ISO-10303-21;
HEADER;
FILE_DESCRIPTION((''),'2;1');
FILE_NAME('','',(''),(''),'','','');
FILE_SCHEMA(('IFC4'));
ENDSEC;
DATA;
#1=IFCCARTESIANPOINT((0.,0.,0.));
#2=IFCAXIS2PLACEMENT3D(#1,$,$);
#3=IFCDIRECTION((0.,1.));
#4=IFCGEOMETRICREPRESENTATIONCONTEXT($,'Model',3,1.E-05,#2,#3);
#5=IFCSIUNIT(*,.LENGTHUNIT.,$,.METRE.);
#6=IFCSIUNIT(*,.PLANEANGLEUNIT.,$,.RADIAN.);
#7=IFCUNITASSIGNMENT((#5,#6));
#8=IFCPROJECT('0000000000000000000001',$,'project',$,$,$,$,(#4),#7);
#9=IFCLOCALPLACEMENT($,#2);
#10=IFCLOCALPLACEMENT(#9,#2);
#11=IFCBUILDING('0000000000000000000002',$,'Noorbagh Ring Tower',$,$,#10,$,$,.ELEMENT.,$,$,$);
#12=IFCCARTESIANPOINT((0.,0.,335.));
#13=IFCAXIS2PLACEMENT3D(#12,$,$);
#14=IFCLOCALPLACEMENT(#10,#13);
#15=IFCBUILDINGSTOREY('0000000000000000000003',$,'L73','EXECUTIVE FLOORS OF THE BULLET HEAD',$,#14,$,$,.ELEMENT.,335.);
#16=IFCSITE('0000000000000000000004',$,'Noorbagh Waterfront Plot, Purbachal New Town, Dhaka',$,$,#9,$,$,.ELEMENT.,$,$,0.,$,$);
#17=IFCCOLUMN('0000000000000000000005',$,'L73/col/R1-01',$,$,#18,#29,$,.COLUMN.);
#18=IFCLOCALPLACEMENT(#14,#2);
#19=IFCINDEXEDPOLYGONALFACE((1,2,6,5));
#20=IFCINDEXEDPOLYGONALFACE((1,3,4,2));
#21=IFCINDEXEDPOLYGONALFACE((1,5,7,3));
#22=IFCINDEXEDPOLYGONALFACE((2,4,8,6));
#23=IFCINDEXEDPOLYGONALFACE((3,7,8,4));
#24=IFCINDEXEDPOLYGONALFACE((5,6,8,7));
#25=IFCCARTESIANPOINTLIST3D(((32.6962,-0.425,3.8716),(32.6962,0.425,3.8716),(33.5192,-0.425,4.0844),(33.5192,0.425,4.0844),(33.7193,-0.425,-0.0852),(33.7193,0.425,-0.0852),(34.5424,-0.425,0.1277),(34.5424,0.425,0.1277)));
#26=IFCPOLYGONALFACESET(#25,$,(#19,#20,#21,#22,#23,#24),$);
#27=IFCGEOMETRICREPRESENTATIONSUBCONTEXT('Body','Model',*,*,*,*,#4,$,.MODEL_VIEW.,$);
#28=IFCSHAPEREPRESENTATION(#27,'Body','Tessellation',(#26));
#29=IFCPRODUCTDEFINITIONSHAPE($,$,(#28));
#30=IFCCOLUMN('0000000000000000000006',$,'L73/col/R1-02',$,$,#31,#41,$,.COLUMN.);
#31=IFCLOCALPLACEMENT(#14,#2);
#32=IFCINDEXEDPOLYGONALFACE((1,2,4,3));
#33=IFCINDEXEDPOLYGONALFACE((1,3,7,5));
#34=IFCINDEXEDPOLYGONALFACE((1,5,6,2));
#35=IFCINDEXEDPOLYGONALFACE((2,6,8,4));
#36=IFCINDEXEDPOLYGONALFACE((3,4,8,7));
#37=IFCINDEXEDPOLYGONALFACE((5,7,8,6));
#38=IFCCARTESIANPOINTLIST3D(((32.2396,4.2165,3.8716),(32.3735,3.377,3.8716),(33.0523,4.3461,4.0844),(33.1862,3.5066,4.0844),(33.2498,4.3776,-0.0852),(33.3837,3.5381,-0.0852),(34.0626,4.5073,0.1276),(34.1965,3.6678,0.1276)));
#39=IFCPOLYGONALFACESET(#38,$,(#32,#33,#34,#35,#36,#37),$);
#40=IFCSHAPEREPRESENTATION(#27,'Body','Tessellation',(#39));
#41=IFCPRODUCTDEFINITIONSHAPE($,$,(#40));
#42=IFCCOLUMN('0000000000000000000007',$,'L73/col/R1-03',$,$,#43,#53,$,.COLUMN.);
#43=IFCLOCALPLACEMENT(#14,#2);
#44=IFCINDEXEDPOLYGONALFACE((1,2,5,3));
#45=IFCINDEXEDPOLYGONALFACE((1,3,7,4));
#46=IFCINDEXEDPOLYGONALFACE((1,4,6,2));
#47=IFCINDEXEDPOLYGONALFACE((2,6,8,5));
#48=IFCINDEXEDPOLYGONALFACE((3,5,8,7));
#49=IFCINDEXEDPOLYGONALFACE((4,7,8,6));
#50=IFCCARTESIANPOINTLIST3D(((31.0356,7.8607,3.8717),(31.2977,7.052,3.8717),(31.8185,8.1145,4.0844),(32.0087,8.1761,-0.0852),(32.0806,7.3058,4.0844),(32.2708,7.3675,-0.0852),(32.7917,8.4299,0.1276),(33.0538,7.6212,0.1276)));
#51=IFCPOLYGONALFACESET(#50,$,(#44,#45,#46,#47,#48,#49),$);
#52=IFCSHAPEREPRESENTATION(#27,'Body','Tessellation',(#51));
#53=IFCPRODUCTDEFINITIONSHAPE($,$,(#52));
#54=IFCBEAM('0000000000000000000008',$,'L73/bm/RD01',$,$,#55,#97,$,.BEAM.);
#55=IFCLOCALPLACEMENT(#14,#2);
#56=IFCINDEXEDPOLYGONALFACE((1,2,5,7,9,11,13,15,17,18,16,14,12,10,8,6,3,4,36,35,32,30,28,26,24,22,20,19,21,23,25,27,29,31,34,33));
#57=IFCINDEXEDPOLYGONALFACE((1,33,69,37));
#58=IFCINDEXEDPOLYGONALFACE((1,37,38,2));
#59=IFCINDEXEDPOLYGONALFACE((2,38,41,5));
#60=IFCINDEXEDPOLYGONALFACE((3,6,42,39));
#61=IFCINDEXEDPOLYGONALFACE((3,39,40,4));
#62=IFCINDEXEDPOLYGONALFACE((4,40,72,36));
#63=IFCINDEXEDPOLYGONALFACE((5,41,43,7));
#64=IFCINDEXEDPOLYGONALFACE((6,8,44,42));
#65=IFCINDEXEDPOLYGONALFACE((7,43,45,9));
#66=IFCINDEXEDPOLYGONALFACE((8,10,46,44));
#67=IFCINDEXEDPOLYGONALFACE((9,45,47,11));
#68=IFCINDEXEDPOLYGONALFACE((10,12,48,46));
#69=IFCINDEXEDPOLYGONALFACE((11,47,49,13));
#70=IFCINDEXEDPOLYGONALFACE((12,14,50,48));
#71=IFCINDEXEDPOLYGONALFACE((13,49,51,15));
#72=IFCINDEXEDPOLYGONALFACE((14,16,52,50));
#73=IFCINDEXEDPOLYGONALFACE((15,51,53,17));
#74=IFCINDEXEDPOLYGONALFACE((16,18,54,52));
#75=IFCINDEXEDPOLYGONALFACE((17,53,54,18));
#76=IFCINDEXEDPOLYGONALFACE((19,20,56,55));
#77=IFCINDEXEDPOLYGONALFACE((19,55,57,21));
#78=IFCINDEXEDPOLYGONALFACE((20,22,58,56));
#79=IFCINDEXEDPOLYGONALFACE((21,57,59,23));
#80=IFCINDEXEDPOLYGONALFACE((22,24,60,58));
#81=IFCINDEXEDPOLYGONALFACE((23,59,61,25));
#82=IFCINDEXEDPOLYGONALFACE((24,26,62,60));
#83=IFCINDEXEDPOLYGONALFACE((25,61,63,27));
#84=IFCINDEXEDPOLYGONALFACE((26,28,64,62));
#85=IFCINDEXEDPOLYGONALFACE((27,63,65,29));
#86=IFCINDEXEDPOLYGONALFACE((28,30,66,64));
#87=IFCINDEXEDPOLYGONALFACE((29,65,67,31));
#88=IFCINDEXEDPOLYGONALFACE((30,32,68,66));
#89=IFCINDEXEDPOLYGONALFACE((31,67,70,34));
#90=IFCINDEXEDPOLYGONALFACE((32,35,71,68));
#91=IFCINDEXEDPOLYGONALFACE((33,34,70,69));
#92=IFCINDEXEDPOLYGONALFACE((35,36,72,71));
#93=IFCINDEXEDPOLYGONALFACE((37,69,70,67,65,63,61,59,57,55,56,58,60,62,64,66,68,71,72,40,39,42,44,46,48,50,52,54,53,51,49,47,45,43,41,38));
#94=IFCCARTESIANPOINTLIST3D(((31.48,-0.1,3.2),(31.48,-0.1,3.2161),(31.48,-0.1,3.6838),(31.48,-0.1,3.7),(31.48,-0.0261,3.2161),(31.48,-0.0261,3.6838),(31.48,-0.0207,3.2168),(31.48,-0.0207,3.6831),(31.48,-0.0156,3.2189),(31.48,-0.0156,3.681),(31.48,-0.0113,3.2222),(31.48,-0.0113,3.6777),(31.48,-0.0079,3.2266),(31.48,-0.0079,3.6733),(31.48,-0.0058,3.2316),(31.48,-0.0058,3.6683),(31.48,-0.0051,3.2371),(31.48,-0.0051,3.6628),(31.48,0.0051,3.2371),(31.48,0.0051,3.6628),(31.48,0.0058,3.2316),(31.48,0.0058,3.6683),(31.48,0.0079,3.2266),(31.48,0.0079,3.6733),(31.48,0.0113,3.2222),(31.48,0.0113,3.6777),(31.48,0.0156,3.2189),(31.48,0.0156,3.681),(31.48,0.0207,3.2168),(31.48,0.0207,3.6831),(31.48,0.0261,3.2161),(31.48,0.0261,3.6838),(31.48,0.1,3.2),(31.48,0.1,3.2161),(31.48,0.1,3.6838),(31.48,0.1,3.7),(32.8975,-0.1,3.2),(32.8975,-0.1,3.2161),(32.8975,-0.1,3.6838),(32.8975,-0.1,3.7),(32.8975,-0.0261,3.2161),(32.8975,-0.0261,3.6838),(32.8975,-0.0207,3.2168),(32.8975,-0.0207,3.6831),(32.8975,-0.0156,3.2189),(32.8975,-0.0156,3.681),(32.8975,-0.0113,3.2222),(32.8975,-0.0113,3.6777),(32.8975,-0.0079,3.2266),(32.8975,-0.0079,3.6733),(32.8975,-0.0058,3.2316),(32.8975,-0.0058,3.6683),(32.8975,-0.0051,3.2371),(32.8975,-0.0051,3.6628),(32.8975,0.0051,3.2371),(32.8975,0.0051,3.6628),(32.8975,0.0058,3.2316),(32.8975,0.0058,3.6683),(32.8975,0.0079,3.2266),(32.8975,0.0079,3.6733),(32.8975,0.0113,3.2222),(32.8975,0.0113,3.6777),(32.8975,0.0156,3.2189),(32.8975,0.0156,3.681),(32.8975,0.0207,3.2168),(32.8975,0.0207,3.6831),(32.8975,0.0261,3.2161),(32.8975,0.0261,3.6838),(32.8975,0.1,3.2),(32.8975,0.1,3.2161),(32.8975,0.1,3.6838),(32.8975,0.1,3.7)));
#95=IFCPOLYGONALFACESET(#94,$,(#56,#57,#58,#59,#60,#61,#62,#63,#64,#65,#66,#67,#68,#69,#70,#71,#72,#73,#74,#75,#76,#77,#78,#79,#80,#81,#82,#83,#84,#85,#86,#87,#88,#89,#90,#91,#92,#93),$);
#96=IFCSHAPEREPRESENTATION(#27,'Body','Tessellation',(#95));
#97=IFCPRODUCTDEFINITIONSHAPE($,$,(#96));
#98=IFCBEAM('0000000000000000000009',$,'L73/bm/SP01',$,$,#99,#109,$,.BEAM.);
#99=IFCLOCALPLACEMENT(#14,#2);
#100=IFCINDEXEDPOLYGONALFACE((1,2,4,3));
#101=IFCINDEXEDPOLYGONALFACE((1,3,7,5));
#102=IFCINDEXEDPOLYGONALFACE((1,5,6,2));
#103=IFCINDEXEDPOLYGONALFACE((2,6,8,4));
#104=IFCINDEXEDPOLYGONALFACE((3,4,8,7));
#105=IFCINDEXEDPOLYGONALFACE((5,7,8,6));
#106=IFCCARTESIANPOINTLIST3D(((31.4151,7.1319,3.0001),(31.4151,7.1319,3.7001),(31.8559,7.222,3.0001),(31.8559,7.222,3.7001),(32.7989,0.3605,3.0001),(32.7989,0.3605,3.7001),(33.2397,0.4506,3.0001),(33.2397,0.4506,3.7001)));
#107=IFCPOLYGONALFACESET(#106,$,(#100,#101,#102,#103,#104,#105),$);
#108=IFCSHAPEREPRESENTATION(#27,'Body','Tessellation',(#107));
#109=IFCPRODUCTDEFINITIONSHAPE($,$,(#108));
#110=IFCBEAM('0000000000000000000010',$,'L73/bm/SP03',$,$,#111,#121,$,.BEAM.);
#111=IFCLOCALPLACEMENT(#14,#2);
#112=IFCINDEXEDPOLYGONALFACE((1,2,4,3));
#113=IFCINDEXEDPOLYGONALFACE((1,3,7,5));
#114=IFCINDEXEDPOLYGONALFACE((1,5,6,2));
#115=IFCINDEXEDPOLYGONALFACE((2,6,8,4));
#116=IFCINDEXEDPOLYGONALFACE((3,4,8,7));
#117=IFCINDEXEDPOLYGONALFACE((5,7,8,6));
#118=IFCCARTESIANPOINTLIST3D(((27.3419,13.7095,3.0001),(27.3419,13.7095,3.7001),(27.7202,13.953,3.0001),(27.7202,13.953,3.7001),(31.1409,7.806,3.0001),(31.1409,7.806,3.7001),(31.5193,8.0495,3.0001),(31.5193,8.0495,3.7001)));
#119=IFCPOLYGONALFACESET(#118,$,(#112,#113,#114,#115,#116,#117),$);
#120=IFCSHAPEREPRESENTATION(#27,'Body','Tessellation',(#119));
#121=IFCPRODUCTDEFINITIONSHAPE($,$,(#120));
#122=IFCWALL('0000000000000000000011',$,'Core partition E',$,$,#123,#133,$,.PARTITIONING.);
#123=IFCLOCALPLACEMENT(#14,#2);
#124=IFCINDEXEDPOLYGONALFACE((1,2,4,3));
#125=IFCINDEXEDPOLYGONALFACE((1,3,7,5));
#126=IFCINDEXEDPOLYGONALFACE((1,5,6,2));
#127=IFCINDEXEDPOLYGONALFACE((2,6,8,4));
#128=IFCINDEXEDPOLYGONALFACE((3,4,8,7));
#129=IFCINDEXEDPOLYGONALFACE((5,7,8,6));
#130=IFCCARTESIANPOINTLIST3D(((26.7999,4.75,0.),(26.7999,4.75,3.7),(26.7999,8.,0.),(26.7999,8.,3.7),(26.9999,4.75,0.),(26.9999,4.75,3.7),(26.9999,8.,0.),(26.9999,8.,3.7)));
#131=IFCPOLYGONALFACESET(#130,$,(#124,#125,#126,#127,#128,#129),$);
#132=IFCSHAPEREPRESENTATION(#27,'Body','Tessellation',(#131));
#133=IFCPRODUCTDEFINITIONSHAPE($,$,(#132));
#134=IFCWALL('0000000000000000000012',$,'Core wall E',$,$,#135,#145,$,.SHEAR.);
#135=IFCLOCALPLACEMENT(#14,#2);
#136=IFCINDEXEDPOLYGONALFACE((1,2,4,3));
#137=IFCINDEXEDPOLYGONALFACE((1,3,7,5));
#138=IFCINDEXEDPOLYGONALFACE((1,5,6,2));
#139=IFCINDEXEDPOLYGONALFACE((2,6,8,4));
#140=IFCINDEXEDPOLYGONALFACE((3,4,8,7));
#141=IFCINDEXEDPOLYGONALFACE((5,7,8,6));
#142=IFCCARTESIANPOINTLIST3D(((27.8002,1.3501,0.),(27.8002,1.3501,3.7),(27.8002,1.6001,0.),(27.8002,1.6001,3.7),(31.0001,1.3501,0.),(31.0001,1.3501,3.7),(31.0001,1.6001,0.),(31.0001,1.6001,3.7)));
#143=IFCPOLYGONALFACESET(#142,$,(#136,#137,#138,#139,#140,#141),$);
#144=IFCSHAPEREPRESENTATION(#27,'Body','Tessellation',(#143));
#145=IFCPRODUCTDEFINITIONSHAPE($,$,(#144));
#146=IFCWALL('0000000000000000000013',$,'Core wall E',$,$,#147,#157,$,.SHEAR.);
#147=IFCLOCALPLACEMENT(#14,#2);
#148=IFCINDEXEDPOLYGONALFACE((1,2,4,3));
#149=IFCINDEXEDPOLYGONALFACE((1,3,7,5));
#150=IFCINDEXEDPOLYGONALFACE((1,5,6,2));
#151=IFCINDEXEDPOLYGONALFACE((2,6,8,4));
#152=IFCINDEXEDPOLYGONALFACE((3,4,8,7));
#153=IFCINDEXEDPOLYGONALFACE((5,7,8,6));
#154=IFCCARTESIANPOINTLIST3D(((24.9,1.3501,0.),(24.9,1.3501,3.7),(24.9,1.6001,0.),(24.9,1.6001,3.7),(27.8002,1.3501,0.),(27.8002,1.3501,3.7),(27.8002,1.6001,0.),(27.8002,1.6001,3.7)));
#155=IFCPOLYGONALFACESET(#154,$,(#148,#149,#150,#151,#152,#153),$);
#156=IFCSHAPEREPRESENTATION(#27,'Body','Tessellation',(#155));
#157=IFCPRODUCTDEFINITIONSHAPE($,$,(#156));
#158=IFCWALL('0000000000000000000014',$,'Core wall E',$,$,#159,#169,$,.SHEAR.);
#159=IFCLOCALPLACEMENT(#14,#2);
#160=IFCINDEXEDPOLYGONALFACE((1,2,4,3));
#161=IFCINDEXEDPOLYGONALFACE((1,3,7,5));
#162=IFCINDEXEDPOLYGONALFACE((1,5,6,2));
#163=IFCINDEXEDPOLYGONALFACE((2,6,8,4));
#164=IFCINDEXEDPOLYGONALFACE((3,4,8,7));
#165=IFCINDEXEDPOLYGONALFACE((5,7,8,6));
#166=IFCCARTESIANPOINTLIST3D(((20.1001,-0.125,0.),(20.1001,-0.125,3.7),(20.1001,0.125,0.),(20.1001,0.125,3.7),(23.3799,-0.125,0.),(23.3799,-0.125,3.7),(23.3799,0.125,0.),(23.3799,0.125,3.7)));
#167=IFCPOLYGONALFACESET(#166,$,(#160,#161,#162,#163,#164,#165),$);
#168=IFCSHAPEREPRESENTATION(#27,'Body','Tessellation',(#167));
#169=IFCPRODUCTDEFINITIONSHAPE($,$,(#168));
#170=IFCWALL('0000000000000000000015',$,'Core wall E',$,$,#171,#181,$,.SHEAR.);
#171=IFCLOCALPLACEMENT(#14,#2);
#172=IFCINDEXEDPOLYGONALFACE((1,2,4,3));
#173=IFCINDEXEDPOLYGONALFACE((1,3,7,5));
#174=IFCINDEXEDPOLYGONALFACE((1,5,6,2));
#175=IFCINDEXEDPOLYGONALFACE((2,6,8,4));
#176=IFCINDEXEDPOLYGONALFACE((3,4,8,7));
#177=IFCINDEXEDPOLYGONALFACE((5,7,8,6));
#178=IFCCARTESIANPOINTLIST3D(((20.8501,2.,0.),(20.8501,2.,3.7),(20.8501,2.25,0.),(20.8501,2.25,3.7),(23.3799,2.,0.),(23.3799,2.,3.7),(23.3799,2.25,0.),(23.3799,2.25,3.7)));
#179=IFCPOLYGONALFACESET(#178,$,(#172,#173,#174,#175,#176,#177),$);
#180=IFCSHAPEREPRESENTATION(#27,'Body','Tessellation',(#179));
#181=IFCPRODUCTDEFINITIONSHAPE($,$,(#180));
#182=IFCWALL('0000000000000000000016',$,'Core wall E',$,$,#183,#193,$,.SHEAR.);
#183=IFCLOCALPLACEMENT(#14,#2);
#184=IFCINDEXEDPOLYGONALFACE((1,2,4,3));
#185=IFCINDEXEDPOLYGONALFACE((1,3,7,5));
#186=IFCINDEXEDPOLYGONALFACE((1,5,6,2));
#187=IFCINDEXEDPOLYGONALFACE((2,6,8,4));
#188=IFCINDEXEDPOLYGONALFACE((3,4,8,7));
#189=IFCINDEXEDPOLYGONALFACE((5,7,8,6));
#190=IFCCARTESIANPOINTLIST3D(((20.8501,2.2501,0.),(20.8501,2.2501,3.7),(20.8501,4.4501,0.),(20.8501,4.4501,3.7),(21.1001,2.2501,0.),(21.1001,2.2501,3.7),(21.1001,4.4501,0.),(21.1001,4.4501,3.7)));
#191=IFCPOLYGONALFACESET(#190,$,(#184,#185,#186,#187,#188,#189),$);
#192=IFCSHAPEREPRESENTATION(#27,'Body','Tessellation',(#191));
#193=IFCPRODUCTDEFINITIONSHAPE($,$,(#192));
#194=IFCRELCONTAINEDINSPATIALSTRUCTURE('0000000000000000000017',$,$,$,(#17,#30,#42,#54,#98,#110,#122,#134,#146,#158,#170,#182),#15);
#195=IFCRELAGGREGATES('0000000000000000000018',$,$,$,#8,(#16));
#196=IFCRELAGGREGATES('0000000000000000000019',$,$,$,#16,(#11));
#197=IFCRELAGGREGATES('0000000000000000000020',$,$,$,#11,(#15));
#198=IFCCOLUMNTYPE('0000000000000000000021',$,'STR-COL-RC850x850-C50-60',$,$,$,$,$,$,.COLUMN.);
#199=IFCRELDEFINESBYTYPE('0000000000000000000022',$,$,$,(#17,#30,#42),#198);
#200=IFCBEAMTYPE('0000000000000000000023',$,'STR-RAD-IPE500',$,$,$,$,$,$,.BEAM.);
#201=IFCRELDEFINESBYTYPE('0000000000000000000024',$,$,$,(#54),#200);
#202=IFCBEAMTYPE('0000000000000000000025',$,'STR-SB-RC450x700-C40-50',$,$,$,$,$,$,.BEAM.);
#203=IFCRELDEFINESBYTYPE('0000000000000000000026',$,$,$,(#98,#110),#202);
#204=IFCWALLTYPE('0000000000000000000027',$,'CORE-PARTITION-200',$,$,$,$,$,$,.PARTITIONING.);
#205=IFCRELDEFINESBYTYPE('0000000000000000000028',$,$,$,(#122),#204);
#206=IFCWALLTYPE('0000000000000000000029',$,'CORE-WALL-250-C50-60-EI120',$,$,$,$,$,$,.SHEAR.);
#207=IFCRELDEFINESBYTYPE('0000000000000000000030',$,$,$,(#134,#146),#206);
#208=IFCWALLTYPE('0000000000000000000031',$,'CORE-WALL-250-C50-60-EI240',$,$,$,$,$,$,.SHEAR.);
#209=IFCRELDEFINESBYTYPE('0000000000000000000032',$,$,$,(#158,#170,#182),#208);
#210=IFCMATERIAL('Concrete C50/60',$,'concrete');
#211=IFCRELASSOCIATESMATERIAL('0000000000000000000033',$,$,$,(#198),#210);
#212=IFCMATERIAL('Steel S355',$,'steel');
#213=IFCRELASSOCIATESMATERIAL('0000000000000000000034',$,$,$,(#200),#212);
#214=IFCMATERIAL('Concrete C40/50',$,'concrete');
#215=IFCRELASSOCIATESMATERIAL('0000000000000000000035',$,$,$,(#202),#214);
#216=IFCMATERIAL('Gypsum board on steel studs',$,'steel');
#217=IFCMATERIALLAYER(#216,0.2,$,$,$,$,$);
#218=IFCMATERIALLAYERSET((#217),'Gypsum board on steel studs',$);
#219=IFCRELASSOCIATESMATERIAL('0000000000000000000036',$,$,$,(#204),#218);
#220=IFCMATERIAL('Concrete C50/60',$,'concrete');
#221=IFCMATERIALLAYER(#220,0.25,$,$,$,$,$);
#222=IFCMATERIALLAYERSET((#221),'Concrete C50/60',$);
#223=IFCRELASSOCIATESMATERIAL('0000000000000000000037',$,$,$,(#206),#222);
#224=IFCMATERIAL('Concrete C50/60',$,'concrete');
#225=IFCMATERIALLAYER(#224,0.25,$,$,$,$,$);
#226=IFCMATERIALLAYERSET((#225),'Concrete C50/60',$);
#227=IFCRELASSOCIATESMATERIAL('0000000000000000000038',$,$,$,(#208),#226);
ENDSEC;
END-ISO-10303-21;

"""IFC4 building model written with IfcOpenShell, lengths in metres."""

from ifc_helpers import new_model, si_unit, direction, frame, frame_2d, origin, origin_2d, place, context, subcontext, project, spatial, rectangle, i_section, extrude, material, layer, layer_set, material_profile, profile_set, type_object, element, save


model = new_model("IFC4")

# Units and contexts
model_context = context("Model", 3, precision=1e-05, world=origin(), true_north=direction((0.0, 1.0)))
body_context = subcontext(model_context, "Body", "Model", "MODEL_VIEW")
ifc_project = project(units=[si_unit("LENGTHUNIT", "METRE"), si_unit("PLANEANGLEUNIT", "RADIAN")], contexts=[model_context])

# Site, building, storey
site_placement = place(None, origin())
site = spatial("IfcSite", under=ifc_project, at=site_placement, Name="Noorbagh Waterfront Plot, Purbachal New Town, Dhaka", CompositionType="ELEMENT", RefElevation=0.0)
building_placement = place(site_placement, origin())
building = spatial("IfcBuilding", under=site, at=building_placement, Name="Noorbagh Ring Tower", CompositionType="ELEMENT")
storey_placement = place(building_placement, frame((0.0, 0.0, 335.0)))
storey = spatial("IfcBuildingStorey", under=building, at=storey_placement, Name="L73", Description="EXECUTIVE FLOORS OF THE BULLET HEAD", CompositionType="ELEMENT", Elevation=335.0)

# Columns
ifc_material_1 = material(Name="Concrete C50/60", Category="concrete")
ifc_material_profile_1 = material_profile(ifc_material_1, rectangle(XDim=0.8501, YDim=0.8501, at=origin_2d()), Name="RC850x850")
ifc_profile_set_1 = profile_set([ifc_material_profile_1], Name="Concrete C50/60")
column_type = type_object("IfcColumnType", Name="STR-COL-RC850x850-C50-60", PredefinedType="COLUMN", material=ifc_profile_set_1)
for number, where, z_axis, x_axis, name in (
    (1, (34.1309, 0.0, 0.0212), (-0.250357, 0.0, 0.968154), (0.0, -1.0, 0.0), "L73/col/R1-01"),
    (2, (33.7231, 4.0227, 0.0212), (-0.247193, -0.039427, 0.968164), (0.157506, -0.987518, 0.0), "L73/col/R1-02"),
    (3, (32.5312, 7.8987, 0.0212), (-0.238114, -0.077181, 0.968166), (0.308341, -0.951276, 0.0), "L73/col/R1-03"),
):
    element("IfcColumn", number, at=place(storey_placement, frame(where, z_axis=z_axis, x_axis=x_axis)), inside=storey, type_object=column_type, Name=name, PredefinedType="COLUMN", context=body_context, shape_type="SweptSolid", body=[
        extrude(rectangle(XDim=0.8501, YDim=0.8501, at=origin_2d()), origin(), (0.0, 0.0, 1.0), 4.0869),
    ])

# Beams
ifc_material_2 = material(Name="Steel S355", Category="steel")
ifc_material_profile_2 = material_profile(ifc_material_2, i_section(OverallWidth=0.2, OverallDepth=0.5, WebThickness=0.0103, FlangeThickness=0.0161, FilletRadius=0.021, at=origin_2d()), Name="IPE500")
ifc_profile_set_2 = profile_set([ifc_material_profile_2], Name="Steel S355")
beam_type_1 = type_object("IfcBeamType", Name="STR-RAD-IPE500", PredefinedType="BEAM", material=ifc_profile_set_2)
beam_1_placement = place(storey_placement, frame((32.8975, 0.0, 3.45), z_axis=(-1.0, 0.0, 0.0), x_axis=(0.0, -1.0, 0.0)))
element("IfcBeam", 4, at=beam_1_placement, inside=storey, type_object=beam_type_1, Name="L73/bm/RD01", PredefinedType="BEAM", context=body_context, shape_type="SweptSolid", body=[
    extrude(i_section(OverallWidth=0.2, OverallDepth=0.5, WebThickness=0.0103, FlangeThickness=0.0161, FilletRadius=0.021, at=origin_2d()), origin(), (0.0, 0.0, 1.0), 1.4175),
])
ifc_material_3 = material(Name="Concrete C40/50", Category="concrete")
ifc_material_profile_3 = material_profile(ifc_material_3, rectangle(XDim=0.45, YDim=0.7, at=origin_2d()), Name="RC450x700")
ifc_profile_set_3 = profile_set([ifc_material_profile_3], Name="Concrete C40/50")
beam_type_2 = type_object("IfcBeamType", Name="STR-SB-RC450x700-C40-50", PredefinedType="BEAM", material=ifc_profile_set_3)
beam_2_placement = place(storey_placement, frame((33.0193, 0.4055, 3.3501), z_axis=(-0.200217, 0.979751, 0.0), x_axis=(-0.979751, -0.200217, 0.0)))
element("IfcBeam", 5, at=beam_2_placement, inside=storey, type_object=beam_type_2, Name="L73/bm/SP01", PredefinedType="BEAM", context=body_context, shape_type="SweptSolid", body=[
    extrude(rectangle(XDim=0.45, YDim=0.7, at=origin_2d()), origin(), (0.0, 0.0, 1.0), 6.9114),
])
beam_3_placement = place(storey_placement, frame((31.3301, 7.9277, 3.3501), z_axis=(-0.541153, 0.840924, 0.0), x_axis=(-0.840924, -0.541153, 0.0)))
element("IfcBeam", 6, at=beam_3_placement, inside=storey, type_object=beam_type_2, Name="L73/bm/SP03", PredefinedType="BEAM", context=body_context, shape_type="SweptSolid", body=[
    extrude(rectangle(XDim=0.45, YDim=0.7, at=origin_2d()), origin(), (0.0, 0.0, 1.0), 7.0203),
])

# Walls
ifc_material_4 = material(Name="Gypsum board on steel studs", Category="steel")
ifc_layer_1 = layer(ifc_material_4, 0.2)
ifc_layer_set_1 = layer_set([ifc_layer_1], Name="Gypsum board on steel studs")
wall_type_1 = type_object("IfcWallType", Name="CORE-PARTITION-200", PredefinedType="PARTITIONING", material=ifc_layer_set_1)
wall_1_placement = place(storey_placement, frame((26.8999, 4.75, 0.0), z_axis=(0.0, 0.0, 1.0), x_axis=(0.0, 1.0, 0.0)))
element("IfcWall", 7, at=wall_1_placement, inside=storey, type_object=wall_type_1, Name="Core partition E", PredefinedType="PARTITIONING", context=body_context, shape_type="SweptSolid", body=[
    extrude(rectangle(XDim=3.25, YDim=0.2, at=frame_2d((1.625, 0.0))), origin(), (0.0, 0.0, 1.0), 3.7),
])
ifc_material_5 = material(Name="Concrete C50/60", Category="concrete")
ifc_layer_2 = layer(ifc_material_5, 0.25)
ifc_layer_set_2 = layer_set([ifc_layer_2], Name="Concrete C50/60")
wall_type_2 = type_object("IfcWallType", Name="CORE-WALL-250-C50-60-EI120", PredefinedType="SHEAR", material=ifc_layer_set_2)
wall_2_placement = place(storey_placement, frame((27.8, 1.4751, 0.0), z_axis=(0.0, 0.0, 1.0), x_axis=(1.0, 0.0, 0.0)))
element("IfcWall", 8, at=wall_2_placement, inside=storey, type_object=wall_type_2, Name="Core wall E", PredefinedType="SHEAR", context=body_context, shape_type="SweptSolid", body=[
    extrude(rectangle(XDim=3.2, YDim=0.25, at=frame_2d((1.6001, 0.0))), origin(), (0.0, 0.0, 1.0), 3.7),
])
wall_3_placement = place(storey_placement, frame((24.8999, 1.4751, 0.0), z_axis=(0.0, 0.0, 1.0), x_axis=(1.0, 0.0, 0.0)))
element("IfcWall", 9, at=wall_3_placement, inside=storey, type_object=wall_type_2, Name="Core wall E", PredefinedType="SHEAR", context=body_context, shape_type="SweptSolid", body=[
    extrude(rectangle(XDim=2.9001, YDim=0.25, at=frame_2d((1.4502, 0.0))), origin(), (0.0, 0.0, 1.0), 3.7),
])
ifc_material_6 = material(Name="Concrete C50/60", Category="concrete")
ifc_layer_3 = layer(ifc_material_6, 0.25)
ifc_layer_set_3 = layer_set([ifc_layer_3], Name="Concrete C50/60")
wall_type_3 = type_object("IfcWallType", Name="CORE-WALL-250-C50-60-EI240", PredefinedType="SHEAR", material=ifc_layer_set_3)
wall_4_placement = place(storey_placement, frame((20.1001, 0.0, 0.0), z_axis=(0.0, 0.0, 1.0), x_axis=(1.0, 0.0, 0.0)))
element("IfcWall", 10, at=wall_4_placement, inside=storey, type_object=wall_type_3, Name="Core wall E", PredefinedType="SHEAR", context=body_context, shape_type="SweptSolid", body=[
    extrude(rectangle(XDim=3.2798, YDim=0.25, at=frame_2d((1.6399, 0.0))), origin(), (0.0, 0.0, 1.0), 3.7),
])
wall_5_placement = place(storey_placement, frame((20.8501, 2.125, 0.0), z_axis=(0.0, 0.0, 1.0), x_axis=(1.0, 0.0, 0.0)))
element("IfcWall", 11, at=wall_5_placement, inside=storey, type_object=wall_type_3, Name="Core wall E", PredefinedType="SHEAR", context=body_context, shape_type="SweptSolid", body=[
    extrude(rectangle(XDim=2.5298, YDim=0.25, at=frame_2d((1.2649, 0.0))), origin(), (0.0, 0.0, 1.0), 3.7),
])
wall_6_placement = place(storey_placement, frame((20.9751, 2.25, 0.0), z_axis=(0.0, 0.0, 1.0), x_axis=(0.0, 1.0, 0.0)))
element("IfcWall", 12, at=wall_6_placement, inside=storey, type_object=wall_type_3, Name="Core wall E", PredefinedType="SHEAR", context=body_context, shape_type="SweptSolid", body=[
    extrude(rectangle(XDim=2.2, YDim=0.25, at=frame_2d((1.1001, 0.0))), origin(), (0.0, 0.0, 1.0), 3.7),
])

save(model, "model.ifc")
